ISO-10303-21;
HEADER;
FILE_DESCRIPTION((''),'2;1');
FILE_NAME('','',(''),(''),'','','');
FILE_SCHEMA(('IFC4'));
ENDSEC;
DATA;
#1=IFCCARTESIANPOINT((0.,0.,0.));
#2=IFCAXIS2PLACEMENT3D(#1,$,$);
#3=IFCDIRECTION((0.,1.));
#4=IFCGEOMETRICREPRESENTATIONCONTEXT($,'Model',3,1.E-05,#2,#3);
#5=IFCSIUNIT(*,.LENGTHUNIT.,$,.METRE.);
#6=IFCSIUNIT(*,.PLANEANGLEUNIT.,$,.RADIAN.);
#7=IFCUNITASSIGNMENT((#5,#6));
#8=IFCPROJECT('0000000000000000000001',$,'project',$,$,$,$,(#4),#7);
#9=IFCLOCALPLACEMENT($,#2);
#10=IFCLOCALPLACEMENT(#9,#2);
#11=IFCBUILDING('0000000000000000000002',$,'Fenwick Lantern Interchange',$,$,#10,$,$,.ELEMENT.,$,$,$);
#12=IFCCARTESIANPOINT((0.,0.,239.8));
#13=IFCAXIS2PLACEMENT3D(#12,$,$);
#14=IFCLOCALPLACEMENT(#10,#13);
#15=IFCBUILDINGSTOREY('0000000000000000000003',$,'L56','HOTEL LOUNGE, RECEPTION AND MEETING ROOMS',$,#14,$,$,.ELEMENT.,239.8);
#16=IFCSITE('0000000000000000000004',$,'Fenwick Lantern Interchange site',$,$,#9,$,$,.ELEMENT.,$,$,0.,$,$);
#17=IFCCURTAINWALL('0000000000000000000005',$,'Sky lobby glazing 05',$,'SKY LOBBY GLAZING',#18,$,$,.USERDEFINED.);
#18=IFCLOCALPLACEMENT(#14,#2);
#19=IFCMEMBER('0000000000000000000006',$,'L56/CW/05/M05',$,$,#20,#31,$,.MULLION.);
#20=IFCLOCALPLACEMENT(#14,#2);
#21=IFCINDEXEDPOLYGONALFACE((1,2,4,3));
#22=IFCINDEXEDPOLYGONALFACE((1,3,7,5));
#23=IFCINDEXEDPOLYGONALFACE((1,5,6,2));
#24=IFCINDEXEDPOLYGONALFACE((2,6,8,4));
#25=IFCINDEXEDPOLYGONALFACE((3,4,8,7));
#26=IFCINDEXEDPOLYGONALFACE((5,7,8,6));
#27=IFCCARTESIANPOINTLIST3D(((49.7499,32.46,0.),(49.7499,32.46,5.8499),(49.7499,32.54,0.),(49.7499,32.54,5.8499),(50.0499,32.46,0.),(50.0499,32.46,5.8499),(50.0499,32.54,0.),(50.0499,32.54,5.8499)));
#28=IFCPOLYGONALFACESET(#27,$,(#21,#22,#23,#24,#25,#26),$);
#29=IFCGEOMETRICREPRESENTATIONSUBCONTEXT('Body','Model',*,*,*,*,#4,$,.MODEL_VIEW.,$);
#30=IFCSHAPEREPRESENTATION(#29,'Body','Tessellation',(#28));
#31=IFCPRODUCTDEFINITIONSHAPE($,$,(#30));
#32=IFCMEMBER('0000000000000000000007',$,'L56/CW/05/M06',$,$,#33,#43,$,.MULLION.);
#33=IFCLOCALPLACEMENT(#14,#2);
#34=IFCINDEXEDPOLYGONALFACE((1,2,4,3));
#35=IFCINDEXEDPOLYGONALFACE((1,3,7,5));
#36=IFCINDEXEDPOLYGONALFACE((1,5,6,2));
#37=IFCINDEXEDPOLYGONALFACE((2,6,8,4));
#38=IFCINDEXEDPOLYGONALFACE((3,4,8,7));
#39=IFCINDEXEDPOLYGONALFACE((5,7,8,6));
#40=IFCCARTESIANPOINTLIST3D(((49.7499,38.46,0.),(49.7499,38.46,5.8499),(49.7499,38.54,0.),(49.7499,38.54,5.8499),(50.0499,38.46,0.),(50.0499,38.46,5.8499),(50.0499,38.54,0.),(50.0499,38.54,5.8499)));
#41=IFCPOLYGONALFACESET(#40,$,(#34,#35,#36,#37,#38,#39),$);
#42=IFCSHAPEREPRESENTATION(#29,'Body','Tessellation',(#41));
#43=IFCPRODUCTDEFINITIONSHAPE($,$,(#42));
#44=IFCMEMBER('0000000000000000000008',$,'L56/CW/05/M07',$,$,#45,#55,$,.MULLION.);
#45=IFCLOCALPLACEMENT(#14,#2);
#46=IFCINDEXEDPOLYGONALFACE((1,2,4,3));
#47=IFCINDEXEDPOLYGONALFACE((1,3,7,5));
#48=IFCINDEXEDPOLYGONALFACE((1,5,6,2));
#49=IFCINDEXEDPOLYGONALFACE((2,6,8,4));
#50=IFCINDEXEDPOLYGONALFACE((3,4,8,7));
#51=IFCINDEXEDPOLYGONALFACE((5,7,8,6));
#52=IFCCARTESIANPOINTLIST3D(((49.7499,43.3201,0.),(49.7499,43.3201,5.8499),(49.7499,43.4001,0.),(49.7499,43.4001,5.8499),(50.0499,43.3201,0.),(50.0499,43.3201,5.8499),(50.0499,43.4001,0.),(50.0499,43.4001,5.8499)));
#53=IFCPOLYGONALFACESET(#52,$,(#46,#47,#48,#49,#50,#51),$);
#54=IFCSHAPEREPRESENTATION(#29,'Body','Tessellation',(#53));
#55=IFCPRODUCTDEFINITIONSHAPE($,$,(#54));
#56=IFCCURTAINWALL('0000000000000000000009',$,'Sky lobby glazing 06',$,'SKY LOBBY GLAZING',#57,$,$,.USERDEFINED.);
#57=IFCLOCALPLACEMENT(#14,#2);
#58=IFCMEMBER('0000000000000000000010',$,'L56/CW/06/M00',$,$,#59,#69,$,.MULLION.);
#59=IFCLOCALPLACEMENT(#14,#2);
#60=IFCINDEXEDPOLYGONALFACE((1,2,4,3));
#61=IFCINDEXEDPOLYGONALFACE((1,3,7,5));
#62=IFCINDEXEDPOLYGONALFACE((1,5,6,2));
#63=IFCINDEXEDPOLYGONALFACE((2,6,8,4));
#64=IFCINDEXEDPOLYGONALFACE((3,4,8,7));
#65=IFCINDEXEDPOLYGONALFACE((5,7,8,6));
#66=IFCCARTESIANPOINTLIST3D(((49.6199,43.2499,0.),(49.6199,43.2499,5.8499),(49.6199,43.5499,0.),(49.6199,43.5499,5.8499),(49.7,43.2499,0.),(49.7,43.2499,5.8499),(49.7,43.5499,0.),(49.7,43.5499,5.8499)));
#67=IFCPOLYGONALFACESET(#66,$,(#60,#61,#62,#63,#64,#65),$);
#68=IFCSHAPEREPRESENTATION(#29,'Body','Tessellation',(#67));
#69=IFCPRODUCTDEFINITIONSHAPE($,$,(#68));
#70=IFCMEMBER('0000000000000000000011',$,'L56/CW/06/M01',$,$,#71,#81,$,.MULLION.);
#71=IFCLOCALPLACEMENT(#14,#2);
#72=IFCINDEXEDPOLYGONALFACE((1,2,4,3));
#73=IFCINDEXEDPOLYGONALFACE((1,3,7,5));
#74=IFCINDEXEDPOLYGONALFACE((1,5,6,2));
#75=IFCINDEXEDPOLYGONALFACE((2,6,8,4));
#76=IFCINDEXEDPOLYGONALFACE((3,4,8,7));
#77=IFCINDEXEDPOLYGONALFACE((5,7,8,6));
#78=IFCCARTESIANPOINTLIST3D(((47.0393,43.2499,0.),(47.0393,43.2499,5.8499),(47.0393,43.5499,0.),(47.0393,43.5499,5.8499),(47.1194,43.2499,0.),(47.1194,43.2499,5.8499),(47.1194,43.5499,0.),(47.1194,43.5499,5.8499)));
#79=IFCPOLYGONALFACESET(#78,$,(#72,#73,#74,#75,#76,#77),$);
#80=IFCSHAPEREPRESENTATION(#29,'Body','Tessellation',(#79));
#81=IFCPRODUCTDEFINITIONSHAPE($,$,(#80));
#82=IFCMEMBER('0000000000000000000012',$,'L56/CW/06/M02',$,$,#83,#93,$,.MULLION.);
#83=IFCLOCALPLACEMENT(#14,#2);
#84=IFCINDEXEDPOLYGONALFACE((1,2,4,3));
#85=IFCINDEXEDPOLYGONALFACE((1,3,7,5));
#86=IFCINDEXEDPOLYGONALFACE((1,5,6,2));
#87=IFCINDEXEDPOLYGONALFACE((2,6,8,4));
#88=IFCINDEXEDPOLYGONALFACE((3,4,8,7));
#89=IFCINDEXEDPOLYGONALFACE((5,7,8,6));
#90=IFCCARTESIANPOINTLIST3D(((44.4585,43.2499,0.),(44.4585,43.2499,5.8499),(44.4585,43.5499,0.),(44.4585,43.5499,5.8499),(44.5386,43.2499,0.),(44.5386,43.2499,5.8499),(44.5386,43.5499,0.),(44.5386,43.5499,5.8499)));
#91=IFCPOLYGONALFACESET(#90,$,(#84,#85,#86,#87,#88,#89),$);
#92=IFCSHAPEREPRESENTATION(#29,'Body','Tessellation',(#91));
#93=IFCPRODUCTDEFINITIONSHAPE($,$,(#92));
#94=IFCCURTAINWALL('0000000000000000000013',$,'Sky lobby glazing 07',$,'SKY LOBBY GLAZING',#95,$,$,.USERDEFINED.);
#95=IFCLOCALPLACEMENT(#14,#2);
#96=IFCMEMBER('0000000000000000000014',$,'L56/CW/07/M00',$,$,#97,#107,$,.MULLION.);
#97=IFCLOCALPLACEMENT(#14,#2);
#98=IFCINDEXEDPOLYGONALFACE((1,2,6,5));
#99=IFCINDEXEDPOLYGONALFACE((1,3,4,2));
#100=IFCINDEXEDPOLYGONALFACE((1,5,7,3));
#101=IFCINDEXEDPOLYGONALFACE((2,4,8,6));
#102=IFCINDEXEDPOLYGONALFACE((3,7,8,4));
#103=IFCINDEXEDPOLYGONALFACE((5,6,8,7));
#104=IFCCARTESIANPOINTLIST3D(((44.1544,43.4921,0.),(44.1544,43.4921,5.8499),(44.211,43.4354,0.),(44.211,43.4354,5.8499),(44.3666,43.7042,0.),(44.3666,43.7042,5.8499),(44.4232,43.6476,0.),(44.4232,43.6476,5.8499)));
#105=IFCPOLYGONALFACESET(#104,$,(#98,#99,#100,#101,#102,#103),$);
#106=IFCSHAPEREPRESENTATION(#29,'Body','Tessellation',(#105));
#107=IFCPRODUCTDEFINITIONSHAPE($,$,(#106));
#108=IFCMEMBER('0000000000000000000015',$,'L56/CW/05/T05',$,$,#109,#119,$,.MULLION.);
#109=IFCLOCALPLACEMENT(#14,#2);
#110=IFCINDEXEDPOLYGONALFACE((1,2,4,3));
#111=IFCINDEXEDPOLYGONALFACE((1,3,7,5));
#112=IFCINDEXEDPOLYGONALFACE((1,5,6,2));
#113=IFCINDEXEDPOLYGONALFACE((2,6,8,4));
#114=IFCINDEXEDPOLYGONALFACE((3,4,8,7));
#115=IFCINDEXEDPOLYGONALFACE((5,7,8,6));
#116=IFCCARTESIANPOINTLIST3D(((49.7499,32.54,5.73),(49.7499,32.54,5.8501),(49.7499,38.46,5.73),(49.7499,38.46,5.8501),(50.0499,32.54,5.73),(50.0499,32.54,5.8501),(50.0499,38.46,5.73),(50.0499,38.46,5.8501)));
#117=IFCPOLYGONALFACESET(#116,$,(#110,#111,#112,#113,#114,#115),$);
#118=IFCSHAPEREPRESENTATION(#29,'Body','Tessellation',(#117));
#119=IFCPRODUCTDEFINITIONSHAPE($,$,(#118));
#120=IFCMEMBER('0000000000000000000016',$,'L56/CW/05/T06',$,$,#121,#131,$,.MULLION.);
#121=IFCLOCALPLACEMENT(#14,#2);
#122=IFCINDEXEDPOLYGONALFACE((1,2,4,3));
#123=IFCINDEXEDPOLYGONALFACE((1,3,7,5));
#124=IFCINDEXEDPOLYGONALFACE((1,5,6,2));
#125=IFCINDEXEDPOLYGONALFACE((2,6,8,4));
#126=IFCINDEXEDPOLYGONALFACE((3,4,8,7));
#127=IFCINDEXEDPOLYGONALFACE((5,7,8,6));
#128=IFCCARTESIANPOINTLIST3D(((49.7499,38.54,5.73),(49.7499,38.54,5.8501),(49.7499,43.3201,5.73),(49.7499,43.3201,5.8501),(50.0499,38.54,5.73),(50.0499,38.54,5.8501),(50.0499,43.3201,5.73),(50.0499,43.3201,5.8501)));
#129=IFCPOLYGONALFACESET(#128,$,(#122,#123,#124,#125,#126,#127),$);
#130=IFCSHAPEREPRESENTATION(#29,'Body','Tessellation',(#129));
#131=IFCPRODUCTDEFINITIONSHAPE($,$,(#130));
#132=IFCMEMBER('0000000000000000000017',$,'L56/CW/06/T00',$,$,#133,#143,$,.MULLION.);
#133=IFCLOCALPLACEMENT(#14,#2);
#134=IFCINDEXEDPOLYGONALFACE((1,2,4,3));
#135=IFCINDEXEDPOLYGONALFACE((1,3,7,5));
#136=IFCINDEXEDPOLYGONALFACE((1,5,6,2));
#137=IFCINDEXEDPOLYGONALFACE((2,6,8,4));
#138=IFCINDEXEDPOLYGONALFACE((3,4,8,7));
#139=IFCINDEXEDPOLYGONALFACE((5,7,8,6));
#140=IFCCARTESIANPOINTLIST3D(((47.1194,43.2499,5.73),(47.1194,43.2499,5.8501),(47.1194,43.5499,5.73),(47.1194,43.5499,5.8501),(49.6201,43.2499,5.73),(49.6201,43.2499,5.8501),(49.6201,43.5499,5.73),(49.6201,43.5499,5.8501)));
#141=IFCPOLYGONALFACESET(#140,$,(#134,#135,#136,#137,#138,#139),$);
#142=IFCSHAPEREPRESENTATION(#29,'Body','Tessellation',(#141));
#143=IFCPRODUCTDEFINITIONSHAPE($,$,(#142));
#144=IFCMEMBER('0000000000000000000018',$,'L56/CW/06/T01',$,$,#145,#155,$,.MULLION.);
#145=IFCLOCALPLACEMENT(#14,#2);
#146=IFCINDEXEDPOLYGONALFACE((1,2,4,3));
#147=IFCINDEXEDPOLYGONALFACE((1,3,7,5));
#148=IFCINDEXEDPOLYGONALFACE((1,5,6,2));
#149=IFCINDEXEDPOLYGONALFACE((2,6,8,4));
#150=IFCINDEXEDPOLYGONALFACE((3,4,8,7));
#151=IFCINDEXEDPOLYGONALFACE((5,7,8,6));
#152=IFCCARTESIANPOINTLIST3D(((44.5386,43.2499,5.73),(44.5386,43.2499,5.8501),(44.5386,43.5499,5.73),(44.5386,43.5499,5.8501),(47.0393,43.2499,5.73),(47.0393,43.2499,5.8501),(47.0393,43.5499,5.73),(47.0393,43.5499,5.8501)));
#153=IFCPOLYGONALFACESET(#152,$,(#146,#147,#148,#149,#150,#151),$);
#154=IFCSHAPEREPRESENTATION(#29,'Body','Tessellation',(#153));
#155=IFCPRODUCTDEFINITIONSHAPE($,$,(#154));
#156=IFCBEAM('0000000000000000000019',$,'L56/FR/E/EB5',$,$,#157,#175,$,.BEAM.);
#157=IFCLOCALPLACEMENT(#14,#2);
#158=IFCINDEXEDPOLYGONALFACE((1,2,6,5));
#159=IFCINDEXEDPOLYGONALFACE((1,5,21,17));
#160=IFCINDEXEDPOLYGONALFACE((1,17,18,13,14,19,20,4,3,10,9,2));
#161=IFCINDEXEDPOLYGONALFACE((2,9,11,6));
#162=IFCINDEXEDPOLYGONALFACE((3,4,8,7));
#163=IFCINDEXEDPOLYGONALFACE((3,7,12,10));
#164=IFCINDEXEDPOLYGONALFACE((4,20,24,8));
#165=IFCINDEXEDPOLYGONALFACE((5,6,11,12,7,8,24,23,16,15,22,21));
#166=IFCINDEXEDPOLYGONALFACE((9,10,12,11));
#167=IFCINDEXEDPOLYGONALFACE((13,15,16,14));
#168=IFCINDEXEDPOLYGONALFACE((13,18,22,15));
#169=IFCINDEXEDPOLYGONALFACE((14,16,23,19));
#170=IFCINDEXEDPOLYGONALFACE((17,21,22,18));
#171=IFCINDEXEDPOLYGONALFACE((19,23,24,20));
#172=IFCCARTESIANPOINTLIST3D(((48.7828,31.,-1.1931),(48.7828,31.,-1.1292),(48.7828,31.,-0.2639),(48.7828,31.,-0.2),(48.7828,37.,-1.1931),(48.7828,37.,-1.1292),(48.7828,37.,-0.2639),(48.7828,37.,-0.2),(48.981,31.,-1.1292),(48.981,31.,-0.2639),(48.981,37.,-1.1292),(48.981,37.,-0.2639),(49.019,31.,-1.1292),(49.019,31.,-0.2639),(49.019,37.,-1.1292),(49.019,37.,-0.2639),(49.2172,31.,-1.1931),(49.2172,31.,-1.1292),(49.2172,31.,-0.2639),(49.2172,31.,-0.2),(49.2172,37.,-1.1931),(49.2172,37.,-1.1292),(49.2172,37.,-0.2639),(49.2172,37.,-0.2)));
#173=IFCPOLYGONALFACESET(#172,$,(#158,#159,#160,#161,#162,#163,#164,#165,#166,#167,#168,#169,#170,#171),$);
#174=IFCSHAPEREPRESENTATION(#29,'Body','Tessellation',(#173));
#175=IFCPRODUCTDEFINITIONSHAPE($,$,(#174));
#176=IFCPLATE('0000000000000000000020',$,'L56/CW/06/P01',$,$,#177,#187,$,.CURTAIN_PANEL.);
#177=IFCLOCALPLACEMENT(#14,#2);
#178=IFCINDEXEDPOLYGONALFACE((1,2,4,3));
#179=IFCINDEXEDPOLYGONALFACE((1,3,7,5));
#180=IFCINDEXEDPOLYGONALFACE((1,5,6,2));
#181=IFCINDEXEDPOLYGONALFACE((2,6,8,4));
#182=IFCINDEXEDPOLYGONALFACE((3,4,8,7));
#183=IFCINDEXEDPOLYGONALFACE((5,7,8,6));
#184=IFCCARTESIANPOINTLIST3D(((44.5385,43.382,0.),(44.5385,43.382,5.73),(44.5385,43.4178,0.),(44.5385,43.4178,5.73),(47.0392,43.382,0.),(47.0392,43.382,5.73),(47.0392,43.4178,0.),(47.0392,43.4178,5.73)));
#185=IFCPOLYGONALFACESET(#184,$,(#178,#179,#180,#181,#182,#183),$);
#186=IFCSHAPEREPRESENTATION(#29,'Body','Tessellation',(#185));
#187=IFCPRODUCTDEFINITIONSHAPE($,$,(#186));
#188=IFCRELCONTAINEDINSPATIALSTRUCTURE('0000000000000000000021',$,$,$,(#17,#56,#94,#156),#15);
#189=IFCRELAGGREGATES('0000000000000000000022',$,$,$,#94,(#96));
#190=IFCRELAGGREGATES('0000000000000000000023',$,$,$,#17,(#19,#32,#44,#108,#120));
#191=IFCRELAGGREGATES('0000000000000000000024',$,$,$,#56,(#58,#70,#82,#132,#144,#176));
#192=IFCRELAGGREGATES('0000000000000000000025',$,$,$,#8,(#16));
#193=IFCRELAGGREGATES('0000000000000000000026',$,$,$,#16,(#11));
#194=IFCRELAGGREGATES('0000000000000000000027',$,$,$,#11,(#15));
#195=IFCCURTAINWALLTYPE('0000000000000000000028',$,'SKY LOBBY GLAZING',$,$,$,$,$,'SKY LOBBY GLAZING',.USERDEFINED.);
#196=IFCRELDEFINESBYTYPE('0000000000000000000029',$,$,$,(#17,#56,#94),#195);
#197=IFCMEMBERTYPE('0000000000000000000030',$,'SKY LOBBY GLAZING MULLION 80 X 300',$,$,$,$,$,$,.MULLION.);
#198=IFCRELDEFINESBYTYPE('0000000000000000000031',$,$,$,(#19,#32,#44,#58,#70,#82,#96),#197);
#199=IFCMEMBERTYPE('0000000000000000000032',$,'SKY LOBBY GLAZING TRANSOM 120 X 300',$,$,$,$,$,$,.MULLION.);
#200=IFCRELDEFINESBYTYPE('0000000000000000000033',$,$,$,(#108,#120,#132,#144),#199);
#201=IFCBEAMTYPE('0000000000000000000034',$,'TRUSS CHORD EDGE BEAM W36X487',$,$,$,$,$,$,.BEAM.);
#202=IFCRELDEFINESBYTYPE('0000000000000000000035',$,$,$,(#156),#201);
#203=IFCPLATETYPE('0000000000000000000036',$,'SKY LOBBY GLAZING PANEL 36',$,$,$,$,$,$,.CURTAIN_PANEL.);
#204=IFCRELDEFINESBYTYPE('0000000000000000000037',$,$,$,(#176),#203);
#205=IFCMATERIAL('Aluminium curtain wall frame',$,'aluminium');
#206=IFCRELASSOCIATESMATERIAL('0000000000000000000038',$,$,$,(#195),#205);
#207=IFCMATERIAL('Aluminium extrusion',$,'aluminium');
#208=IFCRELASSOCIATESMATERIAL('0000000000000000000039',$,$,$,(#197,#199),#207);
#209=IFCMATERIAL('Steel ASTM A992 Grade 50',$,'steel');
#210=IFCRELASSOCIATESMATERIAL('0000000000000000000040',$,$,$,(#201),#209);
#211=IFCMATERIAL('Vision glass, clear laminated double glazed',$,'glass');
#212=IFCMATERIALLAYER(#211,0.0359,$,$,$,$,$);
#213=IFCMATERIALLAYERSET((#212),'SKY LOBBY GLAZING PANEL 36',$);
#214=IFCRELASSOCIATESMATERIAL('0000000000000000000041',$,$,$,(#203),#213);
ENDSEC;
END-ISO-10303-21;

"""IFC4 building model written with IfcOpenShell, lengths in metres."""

from ifc_helpers import new_model, si_unit, direction, frame, origin, origin_2d, place, context, subcontext, project, spatial, rectangle, i_section, extrude, material, layer, layer_set, material_profile, profile_set, type_object, element, aggregate, save


model = new_model("IFC4")

# Units and contexts
model_context = context("Model", 3, precision=1e-05, world=origin(), true_north=direction((0.0, 1.0)))
body_context = subcontext(model_context, "Body", "Model", "MODEL_VIEW")
ifc_project = project(units=[si_unit("LENGTHUNIT", "METRE"), si_unit("PLANEANGLEUNIT", "RADIAN")], contexts=[model_context])

# Site, building, storey
site_placement = place(None, origin())
site = spatial("IfcSite", under=ifc_project, at=site_placement, Name="Fenwick Lantern Interchange site", CompositionType="ELEMENT", RefElevation=0.0)
building_placement = place(site_placement, origin())
building = spatial("IfcBuilding", under=site, at=building_placement, Name="Fenwick Lantern Interchange", CompositionType="ELEMENT")
storey_placement = place(building_placement, frame((0.0, 0.0, 239.8)))
storey = spatial("IfcBuildingStorey", under=building, at=storey_placement, Name="L56", Description="HOTEL LOUNGE, RECEPTION AND MEETING ROOMS", CompositionType="ELEMENT", Elevation=239.8)

# Shared definitions
ifc_material_1 = material(Name="Steel ASTM A992 Grade 50", Category="steel")

# Curtain walls, members
ifc_material_2 = material(Name="Aluminium curtain wall frame", Category="aluminium")
curtain_wall_type = type_object("IfcCurtainWallType", Name="SKY LOBBY GLAZING", ElementType="SKY LOBBY GLAZING", PredefinedType="USERDEFINED", material=ifc_material_2)
curtain_wall_1_placement = place(storey_placement, origin())
curtain_wall_1 = element("IfcCurtainWall", 1, at=curtain_wall_1_placement, inside=storey, type_object=curtain_wall_type, Name="Sky lobby glazing 05", ObjectType="SKY LOBBY GLAZING", PredefinedType="USERDEFINED")
ifc_material_3 = material(Name="Aluminium extrusion", Category="aluminium")
ifc_material_profile_1 = material_profile(ifc_material_3, rectangle(XDim=0.3, YDim=0.0801, at=origin_2d()), Name="SKY LOBBY GLAZING MULLION 80 X 300")
ifc_profile_set_1 = profile_set([ifc_material_profile_1], Name="Aluminium extrusion")
member_type_1 = type_object("IfcMemberType", Name="SKY LOBBY GLAZING MULLION 80 X 300", PredefinedType="MULLION", material=ifc_profile_set_1)
member_1_placement = place(storey_placement, frame((49.8999, 32.5, 0.0), z_axis=(0.0, 0.0, 1.0), x_axis=(-1.0, 0.0, 0.0)))
member_1 = element("IfcMember", 2, at=member_1_placement, type_object=member_type_1, Name="L56/CW/05/M05", PredefinedType="MULLION", context=body_context, shape_type="SweptSolid", body=[
    extrude(rectangle(XDim=0.3, YDim=0.0801, at=origin_2d()), origin(), (0.0, 0.0, 1.0), 5.8499),
])
member_2_placement = place(storey_placement, frame((49.8999, 38.5, 0.0), z_axis=(0.0, 0.0, 1.0), x_axis=(-1.0, 0.0, 0.0)))
member_2 = element("IfcMember", 3, at=member_2_placement, type_object=member_type_1, Name="L56/CW/05/M06", PredefinedType="MULLION", context=body_context, shape_type="SweptSolid", body=[
    extrude(rectangle(XDim=0.3, YDim=0.0801, at=origin_2d()), origin(), (0.0, 0.0, 1.0), 5.8499),
])
member_3_placement = place(storey_placement, frame((49.8999, 43.3601, 0.0), z_axis=(0.0, 0.0, 1.0), x_axis=(-1.0, 0.0, 0.0)))
member_3 = element("IfcMember", 4, at=member_3_placement, type_object=member_type_1, Name="L56/CW/05/M07", PredefinedType="MULLION", context=body_context, shape_type="SweptSolid", body=[
    extrude(rectangle(XDim=0.3, YDim=0.0801, at=origin_2d()), origin(), (0.0, 0.0, 1.0), 5.8499),
])
curtain_wall_2_placement = place(storey_placement, origin())
curtain_wall_2 = element("IfcCurtainWall", 5, at=curtain_wall_2_placement, inside=storey, type_object=curtain_wall_type, Name="Sky lobby glazing 06", ObjectType="SKY LOBBY GLAZING", PredefinedType="USERDEFINED")
member_4_placement = place(storey_placement, frame((49.6599, 43.3999, 0.0), z_axis=(0.0, 0.0, 1.0), x_axis=(0.0, -1.0, 0.0)))
member_4 = element("IfcMember", 6, at=member_4_placement, type_object=member_type_1, Name="L56/CW/06/M00", PredefinedType="MULLION", context=body_context, shape_type="SweptSolid", body=[
    extrude(rectangle(XDim=0.3, YDim=0.0801, at=origin_2d()), origin(), (0.0, 0.0, 1.0), 5.8499),
])
member_5_placement = place(storey_placement, frame((47.0793, 43.3999, 0.0), z_axis=(0.0, 0.0, 1.0), x_axis=(0.0, -1.0, 0.0)))
member_5 = element("IfcMember", 7, at=member_5_placement, type_object=member_type_1, Name="L56/CW/06/M01", PredefinedType="MULLION", context=body_context, shape_type="SweptSolid", body=[
    extrude(rectangle(XDim=0.3, YDim=0.0801, at=origin_2d()), origin(), (0.0, 0.0, 1.0), 5.8499),
])
member_6_placement = place(storey_placement, frame((44.4985, 43.3999, 0.0), z_axis=(0.0, 0.0, 1.0), x_axis=(0.0, -1.0, 0.0)))
member_6 = element("IfcMember", 8, at=member_6_placement, type_object=member_type_1, Name="L56/CW/06/M02", PredefinedType="MULLION", context=body_context, shape_type="SweptSolid", body=[
    extrude(rectangle(XDim=0.3, YDim=0.0801, at=origin_2d()), origin(), (0.0, 0.0, 1.0), 5.8499),
])

# Curtain wall, member
curtain_wall_3_placement = place(storey_placement, origin())
curtain_wall_3 = element("IfcCurtainWall", 9, at=curtain_wall_3_placement, inside=storey, type_object=curtain_wall_type, Name="Sky lobby glazing 07", ObjectType="SKY LOBBY GLAZING", PredefinedType="USERDEFINED")
member_7_placement = place(storey_placement, frame((44.2888, 43.5698, 0.0), z_axis=(0.0, 0.0, 1.0), x_axis=(-0.707107, -0.707107, 0.0)))
member_7 = element("IfcMember", 10, at=member_7_placement, type_object=member_type_1, Name="L56/CW/07/M00", PredefinedType="MULLION", context=body_context, shape_type="SweptSolid", body=[
    extrude(rectangle(XDim=0.3, YDim=0.0801, at=origin_2d()), origin(), (0.0, 0.0, 1.0), 5.8499),
])
aggregate(curtain_wall_3, [member_7])

# Members
ifc_material_profile_2 = material_profile(ifc_material_3, rectangle(XDim=0.3, YDim=0.1201, at=origin_2d()), Name="SKY LOBBY GLAZING TRANSOM 120 X 300")
ifc_profile_set_2 = profile_set([ifc_material_profile_2], Name="Aluminium extrusion")
member_type_2 = type_object("IfcMemberType", Name="SKY LOBBY GLAZING TRANSOM 120 X 300", PredefinedType="MULLION", material=ifc_profile_set_2)
member_8_placement = place(storey_placement, frame((49.8999, 32.54, 5.79), z_axis=(0.0, 1.0, 0.0), x_axis=(-1.0, 0.0, 0.0)))
member_8 = element("IfcMember", 11, at=member_8_placement, type_object=member_type_2, Name="L56/CW/05/T05", PredefinedType="MULLION", context=body_context, shape_type="SweptSolid", body=[
    extrude(rectangle(XDim=0.3, YDim=0.1201, at=origin_2d()), origin(), (0.0, 0.0, 1.0), 5.9199),
])
member_9_placement = place(storey_placement, frame((49.8999, 38.54, 5.79), z_axis=(0.0, 1.0, 0.0), x_axis=(-1.0, 0.0, 0.0)))
member_9 = element("IfcMember", 12, at=member_9_placement, type_object=member_type_2, Name="L56/CW/05/T06", PredefinedType="MULLION", context=body_context, shape_type="SweptSolid", body=[
    extrude(rectangle(XDim=0.3, YDim=0.1201, at=origin_2d()), origin(), (0.0, 0.0, 1.0), 4.78),
])
aggregate(curtain_wall_1, [member_1, member_2, member_3, member_8, member_9])
member_10_placement = place(storey_placement, frame((49.6201, 43.3999, 5.79), z_axis=(-1.0, 0.0, 0.0), x_axis=(0.0, -1.0, 0.0)))
member_10 = element("IfcMember", 13, at=member_10_placement, type_object=member_type_2, Name="L56/CW/06/T00", PredefinedType="MULLION", context=body_context, shape_type="SweptSolid", body=[
    extrude(rectangle(XDim=0.3, YDim=0.1201, at=origin_2d()), origin(), (0.0, 0.0, 1.0), 2.5007),
])
member_11_placement = place(storey_placement, frame((47.0393, 43.3999, 5.79), z_axis=(-1.0, 0.0, 0.0), x_axis=(0.0, -1.0, 0.0)))
member_11 = element("IfcMember", 14, at=member_11_placement, type_object=member_type_2, Name="L56/CW/06/T01", PredefinedType="MULLION", context=body_context, shape_type="SweptSolid", body=[
    extrude(rectangle(XDim=0.3, YDim=0.1201, at=origin_2d()), origin(), (0.0, 0.0, 1.0), 2.5007),
])

# Beam
ifc_material_profile_3 = material_profile(ifc_material_1, i_section(OverallWidth=0.4343, OverallDepth=0.9932, WebThickness=0.0381, FlangeThickness=0.064, at=origin_2d()), Name="W36X487")
ifc_profile_set_3 = profile_set([ifc_material_profile_3], Name="Steel ASTM A992 Grade 50")
beam_type_1 = type_object("IfcBeamType", Name="TRUSS CHORD EDGE BEAM W36X487", PredefinedType="BEAM", material=ifc_profile_set_3)
beam_1_placement = place(storey_placement, frame((49.0, 31.0, -0.6965), z_axis=(0.0, 1.0, 0.0), x_axis=(-1.0, 0.0, 0.0)))
element("IfcBeam", 15, at=beam_1_placement, inside=storey, type_object=beam_type_1, Name="L56/FR/E/EB5", PredefinedType="BEAM", context=body_context, shape_type="SweptSolid", body=[
    extrude(i_section(OverallWidth=0.4343, OverallDepth=0.9932, WebThickness=0.0381, FlangeThickness=0.064, at=origin_2d()), origin(), (0.0, 0.0, 1.0), 6.0),
])

# Plate
ifc_material_4 = material(Name="Vision glass, clear laminated double glazed", Category="glass")
ifc_layer_1 = layer(ifc_material_4, 0.0359)
ifc_layer_set_1 = layer_set([ifc_layer_1], Name="SKY LOBBY GLAZING PANEL 36")
plate_type = type_object("IfcPlateType", Name="SKY LOBBY GLAZING PANEL 36", PredefinedType="CURTAIN_PANEL", material=ifc_layer_set_1)
plate_1_placement = place(storey_placement, frame((45.7888, 43.3999, 0.0), z_axis=(0.0, 0.0, 1.0), x_axis=(-1.0, 0.0, 0.0)))
plate_1 = element("IfcPlate", 16, at=plate_1_placement, type_object=plate_type, Name="L56/CW/06/P01", PredefinedType="CURTAIN_PANEL", context=body_context, shape_type="SweptSolid", body=[
    extrude(rectangle(XDim=2.5007, YDim=0.0359, at=origin_2d()), origin(), (0.0, 0.0, 1.0), 5.73),
])
aggregate(curtain_wall_2, [member_4, member_5, member_6, member_10, member_11, plate_1])

save(model, "model.ifc")
